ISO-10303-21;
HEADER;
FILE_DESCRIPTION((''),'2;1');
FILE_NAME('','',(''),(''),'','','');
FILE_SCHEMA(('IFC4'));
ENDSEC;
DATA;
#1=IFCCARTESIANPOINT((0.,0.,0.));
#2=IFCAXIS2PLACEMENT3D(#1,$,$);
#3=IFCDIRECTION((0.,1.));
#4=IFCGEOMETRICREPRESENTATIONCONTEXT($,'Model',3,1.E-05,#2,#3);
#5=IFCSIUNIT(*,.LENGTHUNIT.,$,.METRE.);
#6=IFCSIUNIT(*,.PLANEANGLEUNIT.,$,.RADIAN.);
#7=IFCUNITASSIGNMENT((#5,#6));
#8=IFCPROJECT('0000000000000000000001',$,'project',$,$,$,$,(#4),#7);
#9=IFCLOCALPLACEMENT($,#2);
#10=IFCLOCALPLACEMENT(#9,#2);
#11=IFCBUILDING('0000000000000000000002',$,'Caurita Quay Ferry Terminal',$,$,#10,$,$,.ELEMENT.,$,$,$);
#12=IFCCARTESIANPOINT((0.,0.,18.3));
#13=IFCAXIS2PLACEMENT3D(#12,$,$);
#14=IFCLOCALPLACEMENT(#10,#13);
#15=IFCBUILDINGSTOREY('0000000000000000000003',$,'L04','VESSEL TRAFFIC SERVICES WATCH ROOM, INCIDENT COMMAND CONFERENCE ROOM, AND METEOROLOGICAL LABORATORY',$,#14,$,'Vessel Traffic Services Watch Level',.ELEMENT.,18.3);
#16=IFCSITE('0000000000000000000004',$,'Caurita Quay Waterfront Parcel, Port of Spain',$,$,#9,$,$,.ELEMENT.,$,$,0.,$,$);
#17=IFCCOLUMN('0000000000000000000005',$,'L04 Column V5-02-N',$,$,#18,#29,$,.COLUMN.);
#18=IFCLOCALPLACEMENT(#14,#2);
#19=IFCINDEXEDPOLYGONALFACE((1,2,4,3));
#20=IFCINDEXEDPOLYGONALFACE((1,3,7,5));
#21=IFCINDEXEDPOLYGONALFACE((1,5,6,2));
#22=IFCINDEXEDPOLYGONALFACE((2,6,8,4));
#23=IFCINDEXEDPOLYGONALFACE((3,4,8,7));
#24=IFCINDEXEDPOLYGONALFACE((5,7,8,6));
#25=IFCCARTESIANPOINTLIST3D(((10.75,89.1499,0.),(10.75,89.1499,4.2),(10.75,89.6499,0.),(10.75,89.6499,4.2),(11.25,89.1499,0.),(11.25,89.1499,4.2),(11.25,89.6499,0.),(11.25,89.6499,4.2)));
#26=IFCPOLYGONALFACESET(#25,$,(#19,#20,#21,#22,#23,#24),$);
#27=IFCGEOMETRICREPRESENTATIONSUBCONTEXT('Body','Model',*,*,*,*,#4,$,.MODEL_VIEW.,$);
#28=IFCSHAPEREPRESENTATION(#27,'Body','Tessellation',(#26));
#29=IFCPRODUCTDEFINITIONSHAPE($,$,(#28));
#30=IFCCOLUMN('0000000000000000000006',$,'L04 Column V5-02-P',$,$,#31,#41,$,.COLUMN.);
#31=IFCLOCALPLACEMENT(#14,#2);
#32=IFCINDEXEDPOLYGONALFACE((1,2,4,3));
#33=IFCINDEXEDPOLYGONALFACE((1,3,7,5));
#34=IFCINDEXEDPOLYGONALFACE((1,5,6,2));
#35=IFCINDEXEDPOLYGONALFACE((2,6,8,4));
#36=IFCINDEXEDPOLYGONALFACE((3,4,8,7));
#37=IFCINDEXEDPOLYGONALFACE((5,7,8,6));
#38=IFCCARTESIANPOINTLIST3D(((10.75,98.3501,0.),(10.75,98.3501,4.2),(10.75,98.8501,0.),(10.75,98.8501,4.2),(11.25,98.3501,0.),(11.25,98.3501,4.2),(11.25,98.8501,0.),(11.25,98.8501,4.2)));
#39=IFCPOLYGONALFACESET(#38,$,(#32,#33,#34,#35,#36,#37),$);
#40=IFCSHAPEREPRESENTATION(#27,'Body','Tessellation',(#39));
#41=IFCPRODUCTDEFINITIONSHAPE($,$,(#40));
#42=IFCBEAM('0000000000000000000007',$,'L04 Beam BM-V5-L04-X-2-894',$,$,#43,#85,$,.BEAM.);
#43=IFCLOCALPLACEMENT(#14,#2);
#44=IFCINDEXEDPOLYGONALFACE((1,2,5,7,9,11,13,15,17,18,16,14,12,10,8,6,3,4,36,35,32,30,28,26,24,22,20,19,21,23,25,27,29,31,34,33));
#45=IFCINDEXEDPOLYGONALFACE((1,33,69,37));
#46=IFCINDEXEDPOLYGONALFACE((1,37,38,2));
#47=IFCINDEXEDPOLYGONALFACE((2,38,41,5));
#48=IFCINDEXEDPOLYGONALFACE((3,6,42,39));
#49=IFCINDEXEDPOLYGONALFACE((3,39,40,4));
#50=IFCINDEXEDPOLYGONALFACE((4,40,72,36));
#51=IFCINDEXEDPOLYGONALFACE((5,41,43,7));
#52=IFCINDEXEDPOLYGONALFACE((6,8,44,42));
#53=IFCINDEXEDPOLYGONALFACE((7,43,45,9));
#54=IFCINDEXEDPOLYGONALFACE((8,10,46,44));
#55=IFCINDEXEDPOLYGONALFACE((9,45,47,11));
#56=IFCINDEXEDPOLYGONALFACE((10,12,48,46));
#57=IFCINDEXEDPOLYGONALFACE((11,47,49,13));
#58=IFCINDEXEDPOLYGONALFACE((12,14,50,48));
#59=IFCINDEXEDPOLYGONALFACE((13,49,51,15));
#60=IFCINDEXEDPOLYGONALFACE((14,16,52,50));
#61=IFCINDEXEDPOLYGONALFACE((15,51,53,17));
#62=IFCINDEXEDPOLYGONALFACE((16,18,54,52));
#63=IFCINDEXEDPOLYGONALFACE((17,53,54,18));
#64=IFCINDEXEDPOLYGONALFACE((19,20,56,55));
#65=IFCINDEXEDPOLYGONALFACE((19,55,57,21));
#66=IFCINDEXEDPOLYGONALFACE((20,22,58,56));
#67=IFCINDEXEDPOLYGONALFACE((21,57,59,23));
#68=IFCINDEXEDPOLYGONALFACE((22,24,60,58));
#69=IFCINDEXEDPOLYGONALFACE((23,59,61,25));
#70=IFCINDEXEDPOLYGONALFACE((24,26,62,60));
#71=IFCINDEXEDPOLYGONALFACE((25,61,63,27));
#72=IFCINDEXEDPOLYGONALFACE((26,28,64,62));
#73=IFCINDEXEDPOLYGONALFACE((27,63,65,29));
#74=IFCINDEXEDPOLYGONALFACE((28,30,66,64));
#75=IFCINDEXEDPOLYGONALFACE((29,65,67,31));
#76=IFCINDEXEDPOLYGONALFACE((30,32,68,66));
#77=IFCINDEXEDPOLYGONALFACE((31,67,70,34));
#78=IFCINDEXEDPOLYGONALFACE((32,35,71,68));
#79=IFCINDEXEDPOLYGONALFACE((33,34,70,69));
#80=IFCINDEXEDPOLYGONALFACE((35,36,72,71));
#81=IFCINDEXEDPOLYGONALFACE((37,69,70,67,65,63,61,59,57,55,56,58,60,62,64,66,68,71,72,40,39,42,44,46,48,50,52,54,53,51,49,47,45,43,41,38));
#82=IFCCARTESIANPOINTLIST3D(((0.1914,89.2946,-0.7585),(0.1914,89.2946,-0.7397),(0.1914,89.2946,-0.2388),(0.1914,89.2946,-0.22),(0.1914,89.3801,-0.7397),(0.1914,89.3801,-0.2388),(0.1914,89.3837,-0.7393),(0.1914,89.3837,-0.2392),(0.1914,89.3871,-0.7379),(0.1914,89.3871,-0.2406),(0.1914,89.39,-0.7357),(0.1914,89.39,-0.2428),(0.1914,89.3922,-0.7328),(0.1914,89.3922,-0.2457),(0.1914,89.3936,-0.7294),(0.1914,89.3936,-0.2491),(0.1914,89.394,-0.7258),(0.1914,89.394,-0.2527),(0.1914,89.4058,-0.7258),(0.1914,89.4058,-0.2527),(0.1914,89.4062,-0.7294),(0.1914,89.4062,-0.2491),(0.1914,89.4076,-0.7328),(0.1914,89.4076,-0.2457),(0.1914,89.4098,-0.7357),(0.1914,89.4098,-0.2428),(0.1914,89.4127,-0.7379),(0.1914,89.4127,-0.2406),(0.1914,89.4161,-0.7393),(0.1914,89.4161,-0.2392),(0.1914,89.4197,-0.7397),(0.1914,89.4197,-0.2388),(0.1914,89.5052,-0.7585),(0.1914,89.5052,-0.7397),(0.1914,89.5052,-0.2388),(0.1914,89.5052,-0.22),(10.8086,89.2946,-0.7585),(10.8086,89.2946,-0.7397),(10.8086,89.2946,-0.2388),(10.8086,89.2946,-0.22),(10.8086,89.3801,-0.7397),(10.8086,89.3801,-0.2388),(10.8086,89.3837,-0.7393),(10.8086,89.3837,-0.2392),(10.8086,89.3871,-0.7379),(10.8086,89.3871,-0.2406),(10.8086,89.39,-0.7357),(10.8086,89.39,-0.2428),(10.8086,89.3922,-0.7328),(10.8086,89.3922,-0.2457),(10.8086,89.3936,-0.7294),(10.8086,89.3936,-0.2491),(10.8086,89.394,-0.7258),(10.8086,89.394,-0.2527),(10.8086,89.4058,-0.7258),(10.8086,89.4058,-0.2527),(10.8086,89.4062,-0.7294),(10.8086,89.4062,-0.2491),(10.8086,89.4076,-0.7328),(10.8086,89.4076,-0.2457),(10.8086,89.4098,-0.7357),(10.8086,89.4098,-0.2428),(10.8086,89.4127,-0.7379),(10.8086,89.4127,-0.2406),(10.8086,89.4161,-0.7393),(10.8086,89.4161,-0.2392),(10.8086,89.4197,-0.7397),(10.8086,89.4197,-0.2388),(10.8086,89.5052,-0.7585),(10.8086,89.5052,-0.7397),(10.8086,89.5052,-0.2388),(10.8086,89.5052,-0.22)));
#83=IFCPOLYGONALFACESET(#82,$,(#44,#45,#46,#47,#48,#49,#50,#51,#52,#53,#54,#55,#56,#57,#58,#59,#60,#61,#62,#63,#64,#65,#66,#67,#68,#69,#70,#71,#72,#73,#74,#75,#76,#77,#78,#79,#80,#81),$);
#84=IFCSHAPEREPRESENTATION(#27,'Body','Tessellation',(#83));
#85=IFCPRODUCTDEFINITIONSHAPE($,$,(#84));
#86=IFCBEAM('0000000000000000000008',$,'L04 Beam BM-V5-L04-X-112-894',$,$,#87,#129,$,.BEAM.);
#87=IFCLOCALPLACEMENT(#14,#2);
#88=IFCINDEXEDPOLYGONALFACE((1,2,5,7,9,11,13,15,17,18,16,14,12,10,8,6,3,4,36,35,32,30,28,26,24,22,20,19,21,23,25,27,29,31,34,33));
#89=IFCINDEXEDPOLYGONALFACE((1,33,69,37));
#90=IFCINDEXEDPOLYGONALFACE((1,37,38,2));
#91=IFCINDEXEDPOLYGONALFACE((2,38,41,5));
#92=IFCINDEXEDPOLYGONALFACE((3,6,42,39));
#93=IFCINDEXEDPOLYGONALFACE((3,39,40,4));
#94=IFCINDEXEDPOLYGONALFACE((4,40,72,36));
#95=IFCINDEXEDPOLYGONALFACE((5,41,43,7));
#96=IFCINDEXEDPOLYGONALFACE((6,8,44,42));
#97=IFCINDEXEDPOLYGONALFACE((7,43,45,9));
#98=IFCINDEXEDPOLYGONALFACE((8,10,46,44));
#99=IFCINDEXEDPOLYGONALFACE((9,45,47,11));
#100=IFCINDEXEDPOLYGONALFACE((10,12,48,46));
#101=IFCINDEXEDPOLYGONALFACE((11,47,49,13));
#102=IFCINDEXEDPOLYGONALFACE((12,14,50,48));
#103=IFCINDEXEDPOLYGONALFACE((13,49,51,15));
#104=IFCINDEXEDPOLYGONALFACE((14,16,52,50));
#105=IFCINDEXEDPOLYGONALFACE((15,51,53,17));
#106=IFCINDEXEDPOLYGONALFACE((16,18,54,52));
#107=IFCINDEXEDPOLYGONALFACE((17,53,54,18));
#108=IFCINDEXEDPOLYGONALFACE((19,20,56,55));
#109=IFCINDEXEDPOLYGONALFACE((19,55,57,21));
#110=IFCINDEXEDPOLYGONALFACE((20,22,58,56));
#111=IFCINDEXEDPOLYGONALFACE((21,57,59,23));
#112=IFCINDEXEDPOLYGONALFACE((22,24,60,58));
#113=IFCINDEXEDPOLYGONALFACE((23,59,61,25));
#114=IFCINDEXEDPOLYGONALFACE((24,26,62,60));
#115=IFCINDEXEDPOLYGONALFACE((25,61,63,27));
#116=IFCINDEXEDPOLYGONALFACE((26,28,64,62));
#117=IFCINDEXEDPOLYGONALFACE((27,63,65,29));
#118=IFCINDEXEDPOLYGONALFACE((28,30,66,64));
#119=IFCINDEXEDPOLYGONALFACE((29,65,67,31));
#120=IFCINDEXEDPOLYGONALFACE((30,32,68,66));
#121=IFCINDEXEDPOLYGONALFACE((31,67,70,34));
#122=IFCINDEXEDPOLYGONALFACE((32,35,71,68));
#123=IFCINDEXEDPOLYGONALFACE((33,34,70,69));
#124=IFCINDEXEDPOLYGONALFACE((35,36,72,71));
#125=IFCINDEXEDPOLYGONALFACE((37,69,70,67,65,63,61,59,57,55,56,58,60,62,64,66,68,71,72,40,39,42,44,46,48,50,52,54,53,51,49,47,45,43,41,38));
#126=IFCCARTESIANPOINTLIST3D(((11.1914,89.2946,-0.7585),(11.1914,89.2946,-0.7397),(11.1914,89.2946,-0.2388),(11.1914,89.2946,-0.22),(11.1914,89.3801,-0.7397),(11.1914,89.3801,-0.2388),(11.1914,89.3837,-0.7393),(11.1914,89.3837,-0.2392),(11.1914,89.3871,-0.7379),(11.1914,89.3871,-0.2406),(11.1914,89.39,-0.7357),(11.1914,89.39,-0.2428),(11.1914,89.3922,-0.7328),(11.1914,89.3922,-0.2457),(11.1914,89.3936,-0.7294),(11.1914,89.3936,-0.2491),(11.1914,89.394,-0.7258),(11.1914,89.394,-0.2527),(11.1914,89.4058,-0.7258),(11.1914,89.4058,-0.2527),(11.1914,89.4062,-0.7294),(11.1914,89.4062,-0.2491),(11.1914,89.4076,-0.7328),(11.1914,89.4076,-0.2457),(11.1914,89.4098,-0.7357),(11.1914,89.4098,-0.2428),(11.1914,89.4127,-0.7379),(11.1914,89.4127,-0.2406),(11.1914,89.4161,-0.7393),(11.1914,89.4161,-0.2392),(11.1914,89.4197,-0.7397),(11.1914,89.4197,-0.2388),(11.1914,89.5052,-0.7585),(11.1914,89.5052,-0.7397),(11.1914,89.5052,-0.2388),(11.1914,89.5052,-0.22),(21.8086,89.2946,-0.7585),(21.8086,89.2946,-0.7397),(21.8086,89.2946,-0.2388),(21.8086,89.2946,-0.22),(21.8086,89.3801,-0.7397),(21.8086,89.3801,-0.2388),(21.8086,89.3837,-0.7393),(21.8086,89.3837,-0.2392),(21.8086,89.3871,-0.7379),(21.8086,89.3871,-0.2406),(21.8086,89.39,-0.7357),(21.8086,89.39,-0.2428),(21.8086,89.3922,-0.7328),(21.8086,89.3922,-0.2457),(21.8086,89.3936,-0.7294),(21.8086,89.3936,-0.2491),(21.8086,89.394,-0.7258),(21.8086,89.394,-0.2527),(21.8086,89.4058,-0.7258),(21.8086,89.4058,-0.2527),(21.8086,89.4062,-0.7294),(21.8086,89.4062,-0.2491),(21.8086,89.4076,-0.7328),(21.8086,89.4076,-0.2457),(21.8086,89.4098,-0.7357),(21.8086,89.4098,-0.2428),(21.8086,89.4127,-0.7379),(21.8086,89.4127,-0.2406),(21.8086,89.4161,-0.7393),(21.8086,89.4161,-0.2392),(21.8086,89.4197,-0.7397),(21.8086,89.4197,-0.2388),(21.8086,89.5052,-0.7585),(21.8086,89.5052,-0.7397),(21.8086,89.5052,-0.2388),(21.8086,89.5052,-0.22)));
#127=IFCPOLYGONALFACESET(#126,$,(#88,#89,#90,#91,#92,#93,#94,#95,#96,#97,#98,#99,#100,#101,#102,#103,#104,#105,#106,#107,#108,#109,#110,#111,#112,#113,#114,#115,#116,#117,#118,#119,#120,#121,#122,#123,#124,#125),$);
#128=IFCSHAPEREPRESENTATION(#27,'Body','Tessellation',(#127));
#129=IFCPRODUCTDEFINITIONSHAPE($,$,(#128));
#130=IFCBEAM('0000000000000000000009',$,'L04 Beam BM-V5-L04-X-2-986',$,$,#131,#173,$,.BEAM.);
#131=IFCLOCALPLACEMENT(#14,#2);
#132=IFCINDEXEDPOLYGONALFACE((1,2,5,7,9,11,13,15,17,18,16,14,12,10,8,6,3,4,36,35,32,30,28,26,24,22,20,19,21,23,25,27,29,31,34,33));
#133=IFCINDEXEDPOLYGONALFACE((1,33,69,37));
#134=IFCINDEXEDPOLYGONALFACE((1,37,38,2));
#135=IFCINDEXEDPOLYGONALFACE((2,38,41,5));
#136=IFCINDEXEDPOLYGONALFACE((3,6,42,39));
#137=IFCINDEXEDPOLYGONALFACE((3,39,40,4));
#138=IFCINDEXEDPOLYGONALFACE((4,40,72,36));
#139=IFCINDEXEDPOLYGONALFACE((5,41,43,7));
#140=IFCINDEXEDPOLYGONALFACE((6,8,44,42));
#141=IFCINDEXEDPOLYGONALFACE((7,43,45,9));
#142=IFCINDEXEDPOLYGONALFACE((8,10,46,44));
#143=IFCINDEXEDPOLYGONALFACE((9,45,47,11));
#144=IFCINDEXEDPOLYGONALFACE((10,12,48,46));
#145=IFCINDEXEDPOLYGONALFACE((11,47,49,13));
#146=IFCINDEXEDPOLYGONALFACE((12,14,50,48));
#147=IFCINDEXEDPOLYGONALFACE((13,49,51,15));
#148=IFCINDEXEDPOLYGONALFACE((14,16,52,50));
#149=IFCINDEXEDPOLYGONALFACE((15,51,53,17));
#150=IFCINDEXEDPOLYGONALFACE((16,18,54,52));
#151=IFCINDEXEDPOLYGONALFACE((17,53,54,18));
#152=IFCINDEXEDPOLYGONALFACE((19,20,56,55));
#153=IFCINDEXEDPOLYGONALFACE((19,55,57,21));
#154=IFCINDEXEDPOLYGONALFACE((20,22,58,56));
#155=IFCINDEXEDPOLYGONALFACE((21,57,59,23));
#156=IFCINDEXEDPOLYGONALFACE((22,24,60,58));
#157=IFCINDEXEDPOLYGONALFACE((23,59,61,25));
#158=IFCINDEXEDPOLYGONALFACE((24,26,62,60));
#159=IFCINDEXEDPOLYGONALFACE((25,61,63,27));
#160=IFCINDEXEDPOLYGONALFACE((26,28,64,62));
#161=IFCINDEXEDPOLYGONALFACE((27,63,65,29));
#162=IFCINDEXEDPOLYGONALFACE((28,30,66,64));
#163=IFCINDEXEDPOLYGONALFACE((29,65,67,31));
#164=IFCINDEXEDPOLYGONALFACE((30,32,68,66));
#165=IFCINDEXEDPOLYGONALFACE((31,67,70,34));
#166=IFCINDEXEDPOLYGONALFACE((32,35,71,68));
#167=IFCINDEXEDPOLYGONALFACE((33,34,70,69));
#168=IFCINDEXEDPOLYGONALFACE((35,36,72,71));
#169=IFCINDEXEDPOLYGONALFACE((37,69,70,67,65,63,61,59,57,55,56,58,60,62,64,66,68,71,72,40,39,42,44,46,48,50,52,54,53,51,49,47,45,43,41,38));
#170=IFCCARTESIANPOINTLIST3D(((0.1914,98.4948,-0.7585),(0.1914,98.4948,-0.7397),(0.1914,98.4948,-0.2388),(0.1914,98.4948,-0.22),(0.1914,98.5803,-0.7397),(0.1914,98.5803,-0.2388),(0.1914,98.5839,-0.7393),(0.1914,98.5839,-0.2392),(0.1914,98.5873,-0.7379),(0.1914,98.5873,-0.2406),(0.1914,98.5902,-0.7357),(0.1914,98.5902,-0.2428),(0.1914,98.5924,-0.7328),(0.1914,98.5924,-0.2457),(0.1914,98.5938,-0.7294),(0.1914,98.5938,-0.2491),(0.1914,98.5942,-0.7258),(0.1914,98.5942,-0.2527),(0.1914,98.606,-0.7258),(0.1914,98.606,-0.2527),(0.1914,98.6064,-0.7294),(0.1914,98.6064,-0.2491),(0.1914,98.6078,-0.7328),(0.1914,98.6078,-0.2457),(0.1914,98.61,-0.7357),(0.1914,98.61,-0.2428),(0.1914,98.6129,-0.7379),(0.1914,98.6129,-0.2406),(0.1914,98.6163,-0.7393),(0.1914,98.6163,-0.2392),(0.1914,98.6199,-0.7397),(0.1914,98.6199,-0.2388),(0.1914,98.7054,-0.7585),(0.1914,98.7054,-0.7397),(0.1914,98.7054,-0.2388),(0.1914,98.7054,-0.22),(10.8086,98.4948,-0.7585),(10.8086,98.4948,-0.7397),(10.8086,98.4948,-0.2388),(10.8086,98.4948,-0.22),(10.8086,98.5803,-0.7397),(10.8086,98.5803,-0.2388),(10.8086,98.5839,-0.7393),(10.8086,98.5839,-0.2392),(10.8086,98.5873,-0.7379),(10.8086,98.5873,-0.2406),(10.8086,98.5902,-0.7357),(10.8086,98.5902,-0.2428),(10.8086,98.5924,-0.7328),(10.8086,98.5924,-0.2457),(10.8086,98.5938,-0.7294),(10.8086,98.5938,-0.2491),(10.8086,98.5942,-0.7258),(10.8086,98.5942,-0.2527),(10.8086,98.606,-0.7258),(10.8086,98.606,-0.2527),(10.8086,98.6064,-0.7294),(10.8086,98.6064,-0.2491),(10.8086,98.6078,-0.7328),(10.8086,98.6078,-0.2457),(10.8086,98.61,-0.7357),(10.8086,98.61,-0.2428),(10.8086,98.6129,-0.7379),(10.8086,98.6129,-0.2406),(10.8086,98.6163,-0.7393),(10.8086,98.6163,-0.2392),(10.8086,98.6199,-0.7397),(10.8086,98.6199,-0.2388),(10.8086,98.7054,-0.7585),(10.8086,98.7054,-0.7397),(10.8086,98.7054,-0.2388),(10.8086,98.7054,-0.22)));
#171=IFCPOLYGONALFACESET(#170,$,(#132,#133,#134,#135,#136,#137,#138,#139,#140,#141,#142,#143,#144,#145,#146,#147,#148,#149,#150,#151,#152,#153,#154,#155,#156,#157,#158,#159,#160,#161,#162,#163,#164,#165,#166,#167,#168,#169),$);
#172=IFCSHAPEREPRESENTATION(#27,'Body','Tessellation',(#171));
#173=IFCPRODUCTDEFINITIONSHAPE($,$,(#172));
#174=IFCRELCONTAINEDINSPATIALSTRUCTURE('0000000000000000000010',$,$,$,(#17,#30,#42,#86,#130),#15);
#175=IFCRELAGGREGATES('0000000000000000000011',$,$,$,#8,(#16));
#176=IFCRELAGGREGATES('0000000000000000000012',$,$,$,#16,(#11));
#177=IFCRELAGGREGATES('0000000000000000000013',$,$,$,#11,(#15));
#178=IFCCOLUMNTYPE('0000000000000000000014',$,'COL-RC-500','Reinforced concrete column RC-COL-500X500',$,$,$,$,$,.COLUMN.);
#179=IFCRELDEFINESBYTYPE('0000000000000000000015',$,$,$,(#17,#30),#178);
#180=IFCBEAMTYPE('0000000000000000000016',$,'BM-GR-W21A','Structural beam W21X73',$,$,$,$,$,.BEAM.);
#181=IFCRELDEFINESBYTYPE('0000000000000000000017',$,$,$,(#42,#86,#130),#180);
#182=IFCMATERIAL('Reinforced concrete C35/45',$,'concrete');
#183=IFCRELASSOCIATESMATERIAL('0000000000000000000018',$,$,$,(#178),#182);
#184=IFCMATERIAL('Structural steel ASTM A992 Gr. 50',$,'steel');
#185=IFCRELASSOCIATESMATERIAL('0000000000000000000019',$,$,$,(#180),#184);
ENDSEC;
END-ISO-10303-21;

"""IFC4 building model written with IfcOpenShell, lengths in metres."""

from ifc_helpers import new_model, si_unit, direction, frame, origin, origin_2d, place, context, subcontext, project, spatial, rectangle, i_section, extrude, material, material_profile, profile_set, type_object, element, save


model = new_model("IFC4")

# Units and contexts
model_context = context("Model", 3, precision=1e-05, world=origin(), true_north=direction((0.0, 1.0)))
body_context = subcontext(model_context, "Body", "Model", "MODEL_VIEW")
ifc_project = project(units=[si_unit("LENGTHUNIT", "METRE"), si_unit("PLANEANGLEUNIT", "RADIAN")], contexts=[model_context])

# Site, building, storey
site_placement = place(None, origin())
site = spatial("IfcSite", under=ifc_project, at=site_placement, Name="Caurita Quay Waterfront Parcel, Port of Spain", CompositionType="ELEMENT", RefElevation=0.0)
building_placement = place(site_placement, origin())
building = spatial("IfcBuilding", under=site, at=building_placement, Name="Caurita Quay Ferry Terminal", CompositionType="ELEMENT")
storey_placement = place(building_placement, frame((0.0, 0.0, 18.3)))
storey = spatial("IfcBuildingStorey", under=building, at=storey_placement, Name="L04", Description="VESSEL TRAFFIC SERVICES WATCH ROOM, INCIDENT COMMAND CONFERENCE ROOM, AND METEOROLOGICAL LABORATORY", LongName="Vessel Traffic Services Watch Level", CompositionType="ELEMENT", Elevation=18.3)

# Columns
ifc_material_1 = material(Name="Reinforced concrete C35/45", Category="concrete")
ifc_material_profile_1 = material_profile(ifc_material_1, rectangle(XDim=0.5, YDim=0.5, at=origin_2d()), Name="RC-COL-500X500")
ifc_profile_set_1 = profile_set([ifc_material_profile_1], Name="Reinforced concrete C35/45")
column_type = type_object("IfcColumnType", Name="COL-RC-500", Description="Reinforced concrete column RC-COL-500X500", PredefinedType="COLUMN", material=ifc_profile_set_1)
for number, where, z_axis, x_axis, name in (
    (1, (11.0, 89.3999, 0.0), (0.0, 0.0, 1.0), (1.0, 0.0, 0.0), "L04 Column V5-02-N"),
    (2, (11.0, 98.6001, 0.0), (0.0, 0.0, 1.0), (1.0, 0.0, 0.0), "L04 Column V5-02-P"),
):
    element("IfcColumn", number, at=place(storey_placement, frame(where, z_axis=z_axis, x_axis=x_axis)), inside=storey, type_object=column_type, Name=name, PredefinedType="COLUMN", context=body_context, shape_type="SweptSolid", body=[
        extrude(rectangle(XDim=0.5, YDim=0.5, at=origin_2d()), origin(), (0.0, 0.0, 1.0), 4.2),
    ])

# Beams
ifc_material_2 = material(Name="Structural steel ASTM A992 Gr. 50", Category="steel")
ifc_material_profile_2 = material_profile(ifc_material_2, i_section(OverallWidth=0.2107, OverallDepth=0.5386, WebThickness=0.0117, FlangeThickness=0.0188, FilletRadius=0.0139, at=origin_2d()), Name="W21X73")
ifc_profile_set_2 = profile_set([ifc_material_profile_2], Name="Structural steel ASTM A992 Gr. 50")
beam_type_1 = type_object("IfcBeamType", Name="BM-GR-W21A", Description="Structural beam W21X73", PredefinedType="BEAM", material=ifc_profile_set_2)
for number, where, z_axis, x_axis, name in (
    (3, (0.1914, 89.3999, -0.4893), (1.0, 0.0, 0.0), (0.0, 1.0, 0.0), "L04 Beam BM-V5-L04-X-2-894"),
    (4, (11.1914, 89.3999, -0.4893), (1.0, 0.0, 0.0), (0.0, 1.0, 0.0), "L04 Beam BM-V5-L04-X-112-894"),
    (5, (0.1914, 98.6001, -0.4893), (1.0, 0.0, 0.0), (0.0, 1.0, 0.0), "L04 Beam BM-V5-L04-X-2-986"),
):
    element("IfcBeam", number, at=place(storey_placement, frame(where, z_axis=z_axis, x_axis=x_axis)), inside=storey, type_object=beam_type_1, Name=name, PredefinedType="BEAM", context=body_context, shape_type="SweptSolid", body=[
        extrude(i_section(OverallWidth=0.2107, OverallDepth=0.5386, WebThickness=0.0117, FlangeThickness=0.0188, FilletRadius=0.0139, at=origin_2d()), origin(), (0.0, 0.0, 1.0), 10.6172),
    ])

save(model, "model.ifc")
